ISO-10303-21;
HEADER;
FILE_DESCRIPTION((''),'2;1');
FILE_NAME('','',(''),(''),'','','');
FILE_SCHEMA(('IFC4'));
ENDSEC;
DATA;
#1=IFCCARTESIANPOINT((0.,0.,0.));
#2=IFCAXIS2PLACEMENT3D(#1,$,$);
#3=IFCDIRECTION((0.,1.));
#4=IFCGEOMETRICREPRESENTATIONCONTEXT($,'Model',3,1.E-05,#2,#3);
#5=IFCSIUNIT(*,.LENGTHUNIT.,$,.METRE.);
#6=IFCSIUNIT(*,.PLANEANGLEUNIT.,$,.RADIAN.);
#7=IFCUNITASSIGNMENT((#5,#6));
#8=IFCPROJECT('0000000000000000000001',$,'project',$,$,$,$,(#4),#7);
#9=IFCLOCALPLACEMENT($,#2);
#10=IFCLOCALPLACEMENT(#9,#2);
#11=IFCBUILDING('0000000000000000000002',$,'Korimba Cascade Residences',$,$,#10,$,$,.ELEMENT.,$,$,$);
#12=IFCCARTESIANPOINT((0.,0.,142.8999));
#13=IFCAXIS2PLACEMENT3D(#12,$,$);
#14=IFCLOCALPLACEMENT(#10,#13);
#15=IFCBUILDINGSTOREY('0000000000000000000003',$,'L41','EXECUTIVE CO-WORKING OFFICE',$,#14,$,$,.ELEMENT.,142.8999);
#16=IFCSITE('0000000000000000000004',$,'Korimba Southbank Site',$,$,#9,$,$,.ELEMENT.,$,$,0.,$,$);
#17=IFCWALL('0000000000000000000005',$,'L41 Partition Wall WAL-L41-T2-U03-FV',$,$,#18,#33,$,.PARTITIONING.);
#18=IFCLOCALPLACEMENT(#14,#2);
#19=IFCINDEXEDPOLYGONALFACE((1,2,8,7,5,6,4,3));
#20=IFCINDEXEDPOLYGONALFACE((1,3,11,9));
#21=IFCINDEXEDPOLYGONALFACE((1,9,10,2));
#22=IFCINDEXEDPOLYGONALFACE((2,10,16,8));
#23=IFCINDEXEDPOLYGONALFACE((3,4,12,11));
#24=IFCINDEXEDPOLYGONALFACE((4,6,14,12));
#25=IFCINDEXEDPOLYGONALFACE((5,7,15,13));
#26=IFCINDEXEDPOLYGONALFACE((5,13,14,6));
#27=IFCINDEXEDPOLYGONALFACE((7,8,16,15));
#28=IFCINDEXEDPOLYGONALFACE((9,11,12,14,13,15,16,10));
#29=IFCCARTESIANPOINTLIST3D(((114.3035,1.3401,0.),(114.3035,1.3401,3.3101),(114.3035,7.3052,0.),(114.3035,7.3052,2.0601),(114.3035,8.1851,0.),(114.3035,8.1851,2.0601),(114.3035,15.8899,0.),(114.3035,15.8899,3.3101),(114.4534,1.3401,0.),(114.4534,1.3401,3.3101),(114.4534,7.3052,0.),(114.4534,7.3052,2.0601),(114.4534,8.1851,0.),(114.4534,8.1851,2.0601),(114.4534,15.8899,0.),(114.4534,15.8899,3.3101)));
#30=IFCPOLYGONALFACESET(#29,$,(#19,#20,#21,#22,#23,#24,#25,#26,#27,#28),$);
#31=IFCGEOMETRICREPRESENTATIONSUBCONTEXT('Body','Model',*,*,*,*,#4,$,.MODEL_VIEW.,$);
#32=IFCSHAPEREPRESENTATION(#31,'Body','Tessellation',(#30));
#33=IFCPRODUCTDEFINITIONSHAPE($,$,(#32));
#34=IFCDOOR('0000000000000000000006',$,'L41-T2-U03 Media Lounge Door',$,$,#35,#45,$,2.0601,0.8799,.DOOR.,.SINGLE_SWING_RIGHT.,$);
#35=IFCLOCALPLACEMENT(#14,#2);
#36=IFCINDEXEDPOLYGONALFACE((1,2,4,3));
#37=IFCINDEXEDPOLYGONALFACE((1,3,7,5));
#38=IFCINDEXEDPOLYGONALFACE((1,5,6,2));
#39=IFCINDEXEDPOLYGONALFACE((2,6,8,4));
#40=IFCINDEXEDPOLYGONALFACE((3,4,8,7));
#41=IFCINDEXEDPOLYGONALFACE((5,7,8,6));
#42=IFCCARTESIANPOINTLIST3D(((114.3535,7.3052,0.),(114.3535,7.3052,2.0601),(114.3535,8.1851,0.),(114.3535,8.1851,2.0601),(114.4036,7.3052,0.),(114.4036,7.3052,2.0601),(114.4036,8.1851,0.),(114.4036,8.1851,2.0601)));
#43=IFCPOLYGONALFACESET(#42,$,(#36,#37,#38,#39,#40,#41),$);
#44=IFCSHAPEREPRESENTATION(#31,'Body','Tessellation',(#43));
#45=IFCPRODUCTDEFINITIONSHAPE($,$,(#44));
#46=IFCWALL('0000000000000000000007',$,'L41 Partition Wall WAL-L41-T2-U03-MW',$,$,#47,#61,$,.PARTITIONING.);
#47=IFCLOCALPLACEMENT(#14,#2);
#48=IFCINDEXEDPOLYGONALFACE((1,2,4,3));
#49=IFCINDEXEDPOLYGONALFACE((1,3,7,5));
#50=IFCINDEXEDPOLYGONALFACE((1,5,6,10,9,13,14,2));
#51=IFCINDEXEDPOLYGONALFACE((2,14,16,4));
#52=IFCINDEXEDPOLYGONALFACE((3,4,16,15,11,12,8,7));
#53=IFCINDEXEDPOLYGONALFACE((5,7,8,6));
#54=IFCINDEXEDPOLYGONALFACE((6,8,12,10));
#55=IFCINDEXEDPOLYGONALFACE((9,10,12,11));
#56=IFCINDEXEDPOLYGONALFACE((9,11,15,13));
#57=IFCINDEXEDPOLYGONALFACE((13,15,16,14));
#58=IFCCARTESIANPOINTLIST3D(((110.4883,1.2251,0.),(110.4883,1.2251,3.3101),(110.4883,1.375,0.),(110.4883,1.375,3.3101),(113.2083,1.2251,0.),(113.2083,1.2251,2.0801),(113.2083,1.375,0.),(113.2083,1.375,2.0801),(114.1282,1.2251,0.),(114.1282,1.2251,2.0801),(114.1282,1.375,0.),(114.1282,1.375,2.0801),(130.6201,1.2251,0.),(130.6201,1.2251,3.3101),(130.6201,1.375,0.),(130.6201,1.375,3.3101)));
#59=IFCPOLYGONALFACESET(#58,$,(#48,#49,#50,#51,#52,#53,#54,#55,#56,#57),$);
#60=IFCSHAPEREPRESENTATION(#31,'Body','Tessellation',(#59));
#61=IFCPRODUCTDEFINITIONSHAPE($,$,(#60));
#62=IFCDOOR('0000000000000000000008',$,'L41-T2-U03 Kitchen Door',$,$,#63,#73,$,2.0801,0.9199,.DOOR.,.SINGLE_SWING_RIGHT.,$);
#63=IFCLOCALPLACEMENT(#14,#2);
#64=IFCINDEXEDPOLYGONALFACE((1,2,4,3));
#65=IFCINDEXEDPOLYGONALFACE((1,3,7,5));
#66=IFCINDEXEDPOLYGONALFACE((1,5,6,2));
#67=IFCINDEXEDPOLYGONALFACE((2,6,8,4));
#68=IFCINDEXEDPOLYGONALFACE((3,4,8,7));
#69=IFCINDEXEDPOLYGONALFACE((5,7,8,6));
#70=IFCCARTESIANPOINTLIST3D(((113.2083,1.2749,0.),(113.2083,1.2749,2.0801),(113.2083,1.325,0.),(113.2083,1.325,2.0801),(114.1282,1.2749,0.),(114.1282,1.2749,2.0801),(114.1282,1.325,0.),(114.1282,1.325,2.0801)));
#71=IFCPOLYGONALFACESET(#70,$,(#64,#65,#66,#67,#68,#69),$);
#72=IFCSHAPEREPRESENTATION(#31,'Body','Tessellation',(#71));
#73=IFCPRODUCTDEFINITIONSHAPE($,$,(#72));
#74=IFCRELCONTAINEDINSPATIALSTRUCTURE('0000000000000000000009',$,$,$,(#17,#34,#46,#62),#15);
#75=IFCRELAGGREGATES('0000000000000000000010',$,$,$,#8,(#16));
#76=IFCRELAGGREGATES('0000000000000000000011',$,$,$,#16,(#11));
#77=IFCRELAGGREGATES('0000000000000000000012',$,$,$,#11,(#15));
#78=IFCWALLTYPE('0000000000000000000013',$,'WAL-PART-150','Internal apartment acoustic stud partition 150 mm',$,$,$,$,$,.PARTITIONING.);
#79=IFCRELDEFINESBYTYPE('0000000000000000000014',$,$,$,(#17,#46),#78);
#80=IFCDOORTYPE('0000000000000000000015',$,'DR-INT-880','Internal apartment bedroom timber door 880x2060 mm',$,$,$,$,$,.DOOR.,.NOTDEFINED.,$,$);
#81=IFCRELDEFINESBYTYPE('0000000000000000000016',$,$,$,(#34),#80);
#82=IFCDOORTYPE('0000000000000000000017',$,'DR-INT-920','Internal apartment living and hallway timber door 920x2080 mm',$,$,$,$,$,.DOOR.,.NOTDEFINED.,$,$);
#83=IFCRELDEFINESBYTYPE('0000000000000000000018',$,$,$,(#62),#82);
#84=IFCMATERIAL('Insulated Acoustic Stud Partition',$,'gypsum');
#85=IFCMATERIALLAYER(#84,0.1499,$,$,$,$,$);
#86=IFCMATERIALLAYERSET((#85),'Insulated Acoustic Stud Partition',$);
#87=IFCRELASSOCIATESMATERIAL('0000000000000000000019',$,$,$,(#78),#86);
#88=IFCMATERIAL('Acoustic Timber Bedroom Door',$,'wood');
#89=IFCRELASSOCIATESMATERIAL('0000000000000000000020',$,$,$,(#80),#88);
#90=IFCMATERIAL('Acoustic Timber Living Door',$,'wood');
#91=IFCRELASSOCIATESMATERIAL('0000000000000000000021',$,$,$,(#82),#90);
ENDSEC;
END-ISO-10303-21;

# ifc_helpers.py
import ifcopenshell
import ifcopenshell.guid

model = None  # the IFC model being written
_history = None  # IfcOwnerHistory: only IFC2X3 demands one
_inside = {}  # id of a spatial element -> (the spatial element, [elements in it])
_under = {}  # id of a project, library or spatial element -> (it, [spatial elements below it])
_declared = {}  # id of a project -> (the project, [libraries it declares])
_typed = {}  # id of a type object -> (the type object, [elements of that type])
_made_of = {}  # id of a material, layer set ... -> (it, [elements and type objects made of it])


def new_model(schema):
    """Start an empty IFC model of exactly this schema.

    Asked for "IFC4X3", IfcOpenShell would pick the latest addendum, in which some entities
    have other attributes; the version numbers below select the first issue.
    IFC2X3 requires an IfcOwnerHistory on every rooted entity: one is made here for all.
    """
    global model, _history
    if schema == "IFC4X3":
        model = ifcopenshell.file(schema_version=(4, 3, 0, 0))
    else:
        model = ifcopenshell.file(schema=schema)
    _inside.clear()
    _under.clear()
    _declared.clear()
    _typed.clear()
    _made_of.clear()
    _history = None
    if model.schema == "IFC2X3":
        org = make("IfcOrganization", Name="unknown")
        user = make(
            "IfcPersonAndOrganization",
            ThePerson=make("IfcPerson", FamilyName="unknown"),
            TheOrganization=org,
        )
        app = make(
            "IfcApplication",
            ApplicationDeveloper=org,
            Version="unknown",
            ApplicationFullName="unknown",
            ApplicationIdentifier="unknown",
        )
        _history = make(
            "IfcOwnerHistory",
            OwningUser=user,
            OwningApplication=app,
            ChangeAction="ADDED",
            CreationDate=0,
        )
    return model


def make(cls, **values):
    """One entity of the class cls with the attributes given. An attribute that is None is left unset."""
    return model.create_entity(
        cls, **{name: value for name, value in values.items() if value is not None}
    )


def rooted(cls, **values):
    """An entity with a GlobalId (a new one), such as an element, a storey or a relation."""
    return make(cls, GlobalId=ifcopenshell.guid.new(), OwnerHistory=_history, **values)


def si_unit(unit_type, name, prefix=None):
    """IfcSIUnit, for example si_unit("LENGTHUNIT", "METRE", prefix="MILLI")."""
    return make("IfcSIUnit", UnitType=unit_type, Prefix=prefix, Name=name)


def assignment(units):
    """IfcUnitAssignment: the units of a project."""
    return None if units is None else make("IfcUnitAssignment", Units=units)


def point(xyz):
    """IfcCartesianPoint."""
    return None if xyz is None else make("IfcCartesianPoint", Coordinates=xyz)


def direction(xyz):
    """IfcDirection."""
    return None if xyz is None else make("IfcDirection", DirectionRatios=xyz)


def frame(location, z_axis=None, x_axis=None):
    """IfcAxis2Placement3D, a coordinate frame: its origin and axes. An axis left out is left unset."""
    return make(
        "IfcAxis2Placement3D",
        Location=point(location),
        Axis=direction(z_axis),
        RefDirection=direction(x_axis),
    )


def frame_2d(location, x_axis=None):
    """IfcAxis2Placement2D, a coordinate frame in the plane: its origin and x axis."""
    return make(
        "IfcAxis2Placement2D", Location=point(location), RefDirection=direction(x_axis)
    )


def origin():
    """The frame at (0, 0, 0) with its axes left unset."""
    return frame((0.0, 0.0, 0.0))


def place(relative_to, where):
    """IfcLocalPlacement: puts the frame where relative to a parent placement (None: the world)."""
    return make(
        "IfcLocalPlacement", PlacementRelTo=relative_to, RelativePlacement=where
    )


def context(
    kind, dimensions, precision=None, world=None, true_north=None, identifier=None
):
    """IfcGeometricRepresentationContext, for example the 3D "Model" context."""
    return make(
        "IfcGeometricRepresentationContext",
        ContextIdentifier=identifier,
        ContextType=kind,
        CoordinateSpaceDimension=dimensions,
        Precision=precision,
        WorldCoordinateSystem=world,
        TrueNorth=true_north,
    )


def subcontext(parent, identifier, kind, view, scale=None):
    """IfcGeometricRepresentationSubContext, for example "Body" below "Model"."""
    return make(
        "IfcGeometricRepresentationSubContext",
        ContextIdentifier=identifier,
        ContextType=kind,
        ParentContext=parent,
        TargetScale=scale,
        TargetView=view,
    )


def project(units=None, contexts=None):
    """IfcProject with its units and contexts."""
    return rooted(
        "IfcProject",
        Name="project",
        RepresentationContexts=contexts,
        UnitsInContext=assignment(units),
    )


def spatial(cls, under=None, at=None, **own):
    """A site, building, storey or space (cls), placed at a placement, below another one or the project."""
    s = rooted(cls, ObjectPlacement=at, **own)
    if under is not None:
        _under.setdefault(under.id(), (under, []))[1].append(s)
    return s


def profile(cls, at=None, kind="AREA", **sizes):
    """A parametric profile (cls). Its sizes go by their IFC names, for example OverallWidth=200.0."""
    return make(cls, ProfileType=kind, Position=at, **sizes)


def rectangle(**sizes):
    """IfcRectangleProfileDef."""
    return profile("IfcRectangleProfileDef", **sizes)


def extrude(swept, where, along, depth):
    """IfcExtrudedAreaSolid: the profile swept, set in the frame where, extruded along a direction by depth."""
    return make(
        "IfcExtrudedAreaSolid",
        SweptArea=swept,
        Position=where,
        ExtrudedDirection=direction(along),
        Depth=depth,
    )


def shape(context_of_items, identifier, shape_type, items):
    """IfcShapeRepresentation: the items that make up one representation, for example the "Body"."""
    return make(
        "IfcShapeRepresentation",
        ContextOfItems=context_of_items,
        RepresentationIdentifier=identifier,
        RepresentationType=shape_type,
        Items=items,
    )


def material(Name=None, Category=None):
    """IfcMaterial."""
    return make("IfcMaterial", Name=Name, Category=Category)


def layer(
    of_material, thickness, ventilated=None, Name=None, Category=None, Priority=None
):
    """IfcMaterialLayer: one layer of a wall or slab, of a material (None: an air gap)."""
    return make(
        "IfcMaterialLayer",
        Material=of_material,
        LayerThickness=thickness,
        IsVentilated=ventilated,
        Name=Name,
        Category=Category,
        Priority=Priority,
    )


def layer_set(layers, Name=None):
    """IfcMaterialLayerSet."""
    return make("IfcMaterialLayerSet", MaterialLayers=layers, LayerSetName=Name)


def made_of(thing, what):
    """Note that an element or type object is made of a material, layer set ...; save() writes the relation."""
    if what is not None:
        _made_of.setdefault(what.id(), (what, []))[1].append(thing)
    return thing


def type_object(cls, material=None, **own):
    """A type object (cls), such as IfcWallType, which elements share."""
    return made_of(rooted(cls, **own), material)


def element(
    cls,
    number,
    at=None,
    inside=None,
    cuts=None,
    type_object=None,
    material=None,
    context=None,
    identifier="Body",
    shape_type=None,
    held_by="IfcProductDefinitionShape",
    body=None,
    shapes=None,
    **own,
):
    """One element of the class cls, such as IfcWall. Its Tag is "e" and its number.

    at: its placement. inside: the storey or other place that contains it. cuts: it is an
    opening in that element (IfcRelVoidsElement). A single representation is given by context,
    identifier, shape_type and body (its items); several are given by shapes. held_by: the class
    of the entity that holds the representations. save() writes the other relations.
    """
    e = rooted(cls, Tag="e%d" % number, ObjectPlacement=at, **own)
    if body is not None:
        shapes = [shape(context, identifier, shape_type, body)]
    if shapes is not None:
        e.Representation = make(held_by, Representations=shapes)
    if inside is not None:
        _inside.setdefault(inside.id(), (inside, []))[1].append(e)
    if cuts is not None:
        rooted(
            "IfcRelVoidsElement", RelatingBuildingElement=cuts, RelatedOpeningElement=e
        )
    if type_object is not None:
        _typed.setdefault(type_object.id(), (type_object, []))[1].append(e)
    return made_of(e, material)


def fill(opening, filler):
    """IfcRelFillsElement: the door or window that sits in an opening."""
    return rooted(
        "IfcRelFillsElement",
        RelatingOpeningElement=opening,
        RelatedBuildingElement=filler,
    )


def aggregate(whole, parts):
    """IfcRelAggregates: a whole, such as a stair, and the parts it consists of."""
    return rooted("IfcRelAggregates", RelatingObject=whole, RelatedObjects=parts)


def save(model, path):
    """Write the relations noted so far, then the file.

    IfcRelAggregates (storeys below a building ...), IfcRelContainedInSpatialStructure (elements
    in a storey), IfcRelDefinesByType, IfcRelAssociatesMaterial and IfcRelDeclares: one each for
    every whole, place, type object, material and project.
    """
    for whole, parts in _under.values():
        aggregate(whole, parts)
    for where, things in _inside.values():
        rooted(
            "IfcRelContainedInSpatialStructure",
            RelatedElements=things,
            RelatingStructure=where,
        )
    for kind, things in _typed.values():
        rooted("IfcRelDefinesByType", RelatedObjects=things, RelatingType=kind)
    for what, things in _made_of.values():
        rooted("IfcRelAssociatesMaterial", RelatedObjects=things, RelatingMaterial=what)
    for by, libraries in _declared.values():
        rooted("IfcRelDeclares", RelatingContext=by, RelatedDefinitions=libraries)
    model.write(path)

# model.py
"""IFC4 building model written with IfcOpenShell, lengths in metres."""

from ifc_helpers import new_model, si_unit, direction, frame, frame_2d, origin, place, context, subcontext, project, spatial, rectangle, extrude, material, layer, layer_set, type_object, element, fill, save


model = new_model("IFC4")

# Units and contexts
model_context = context("Model", 3, precision=1e-05, world=origin(), true_north=direction((0.0, 1.0)))
body_context = subcontext(model_context, "Body", "Model", "MODEL_VIEW")
ifc_project = project(units=[si_unit("LENGTHUNIT", "METRE"), si_unit("PLANEANGLEUNIT", "RADIAN")], contexts=[model_context])

# Site, building, storey
site_placement = place(None, origin())
site = spatial("IfcSite", under=ifc_project, at=site_placement, Name="Korimba Southbank Site", CompositionType="ELEMENT", RefElevation=0.0)
building_placement = place(site_placement, origin())
building = spatial("IfcBuilding", under=site, at=building_placement, Name="Korimba Cascade Residences", CompositionType="ELEMENT")
storey_placement = place(building_placement, frame((0.0, 0.0, 142.8999)))
storey = spatial("IfcBuildingStorey", under=building, at=storey_placement, Name="L41", Description="EXECUTIVE CO-WORKING OFFICE", CompositionType="ELEMENT", Elevation=142.8999)

# Shared definitions
ifc_material_1 = material(Name="Insulated Acoustic Stud Partition", Category="gypsum")
ifc_layer = layer(ifc_material_1, 0.1499)
ifc_layer_set = layer_set([ifc_layer], Name="Insulated Acoustic Stud Partition")
wall_type = type_object("IfcWallType", Name="WAL-PART-150", Description="Internal apartment acoustic stud partition 150 mm", PredefinedType="PARTITIONING", material=ifc_layer_set)
ifc_material_2 = material(Name="Acoustic Timber Bedroom Door", Category="wood")
door_type_1 = type_object("IfcDoorType", Name="DR-INT-880", Description="Internal apartment bedroom timber door 880x2060 mm", OperationType="NOTDEFINED", PredefinedType="DOOR", material=ifc_material_2)

# Walls, openings, doors
wall_1_placement = place(storey_placement, frame((114.3784, 1.3401, 0.0), z_axis=(0.0, 0.0, 1.0), x_axis=(0.0, 1.0, 0.0)))
wall_1 = element("IfcWall", 1, at=wall_1_placement, inside=storey, type_object=wall_type, Name="L41 Partition Wall WAL-L41-T2-U03-FV", PredefinedType="PARTITIONING", context=body_context, shape_type="SweptSolid", body=[
    extrude(rectangle(XDim=14.5498, YDim=0.1499, at=frame_2d((7.2749, 0.0))), origin(), (0.0, 0.0, 1.0), 3.3101),
])
opening_1_placement = place(wall_1_placement, frame((5.9651, 0.0, 0.0)))
opening_1 = element("IfcOpeningElement", 2, at=opening_1_placement, cuts=wall_1, PredefinedType="OPENING", context=body_context, shape_type="SweptSolid", body=[
    extrude(rectangle(XDim=0.8799, YDim=2.0601, at=frame_2d((0.4399, 1.03))), frame((0.0, 0.085, 0.0), z_axis=(0.0, -1.0, 0.0), x_axis=(1.0, 0.0, 0.0)), (0.0, 0.0, 1.0), 0.1699),
])
door_1_placement = place(opening_1_placement, origin())
door_1 = element("IfcDoor", 3, at=door_1_placement, inside=storey, type_object=door_type_1, Name="L41-T2-U03 Media Lounge Door", OperationType="SINGLE_SWING_RIGHT", OverallHeight=2.0601, OverallWidth=0.8799, PredefinedType="DOOR", context=body_context, shape_type="SweptSolid", body=[
    extrude(rectangle(XDim=0.8799, YDim=2.0601, at=frame_2d((0.4399, 1.03))), frame((0.0, 0.0249, 0.0), z_axis=(0.0, -1.0, 0.0), x_axis=(1.0, 0.0, 0.0)), (0.0, 0.0, 1.0), 0.05),
])
fill(opening_1, door_1)
wall_2_placement = place(storey_placement, frame((110.4883, 1.3, 0.0), z_axis=(0.0, 0.0, 1.0), x_axis=(1.0, 0.0, 0.0)))
wall_2 = element("IfcWall", 4, at=wall_2_placement, inside=storey, type_object=wall_type, Name="L41 Partition Wall WAL-L41-T2-U03-MW", PredefinedType="PARTITIONING", context=body_context, shape_type="SweptSolid", body=[
    extrude(rectangle(XDim=20.1318, YDim=0.1499, at=frame_2d((10.0659, 0.0))), origin(), (0.0, 0.0, 1.0), 3.3101),
])
opening_2_placement = place(wall_2_placement, frame((2.72, 0.0, 0.0)))
opening_2 = element("IfcOpeningElement", 5, at=opening_2_placement, cuts=wall_2, PredefinedType="OPENING", context=body_context, shape_type="SweptSolid", body=[
    extrude(rectangle(XDim=0.9199, YDim=2.0801, at=frame_2d((0.46, 1.04))), frame((0.0, 0.085, 0.0), z_axis=(0.0, -1.0, 0.0), x_axis=(1.0, 0.0, 0.0)), (0.0, 0.0, 1.0), 0.1699),
])
ifc_material_3 = material(Name="Acoustic Timber Living Door", Category="wood")
door_type_2 = type_object("IfcDoorType", Name="DR-INT-920", Description="Internal apartment living and hallway timber door 920x2080 mm", OperationType="NOTDEFINED", PredefinedType="DOOR", material=ifc_material_3)
door_2_placement = place(opening_2_placement, origin())
door_2 = element("IfcDoor", 6, at=door_2_placement, inside=storey, type_object=door_type_2, Name="L41-T2-U03 Kitchen Door", OperationType="SINGLE_SWING_RIGHT", OverallHeight=2.0801, OverallWidth=0.9199, PredefinedType="DOOR", context=body_context, shape_type="SweptSolid", body=[
    extrude(rectangle(XDim=0.9199, YDim=2.0801, at=frame_2d((0.46, 1.04))), frame((0.0, 0.0249, 0.0), z_axis=(0.0, -1.0, 0.0), x_axis=(1.0, 0.0, 0.0)), (0.0, 0.0, 1.0), 0.05),
])
fill(opening_2, door_2)

save(model, "model.ifc")
